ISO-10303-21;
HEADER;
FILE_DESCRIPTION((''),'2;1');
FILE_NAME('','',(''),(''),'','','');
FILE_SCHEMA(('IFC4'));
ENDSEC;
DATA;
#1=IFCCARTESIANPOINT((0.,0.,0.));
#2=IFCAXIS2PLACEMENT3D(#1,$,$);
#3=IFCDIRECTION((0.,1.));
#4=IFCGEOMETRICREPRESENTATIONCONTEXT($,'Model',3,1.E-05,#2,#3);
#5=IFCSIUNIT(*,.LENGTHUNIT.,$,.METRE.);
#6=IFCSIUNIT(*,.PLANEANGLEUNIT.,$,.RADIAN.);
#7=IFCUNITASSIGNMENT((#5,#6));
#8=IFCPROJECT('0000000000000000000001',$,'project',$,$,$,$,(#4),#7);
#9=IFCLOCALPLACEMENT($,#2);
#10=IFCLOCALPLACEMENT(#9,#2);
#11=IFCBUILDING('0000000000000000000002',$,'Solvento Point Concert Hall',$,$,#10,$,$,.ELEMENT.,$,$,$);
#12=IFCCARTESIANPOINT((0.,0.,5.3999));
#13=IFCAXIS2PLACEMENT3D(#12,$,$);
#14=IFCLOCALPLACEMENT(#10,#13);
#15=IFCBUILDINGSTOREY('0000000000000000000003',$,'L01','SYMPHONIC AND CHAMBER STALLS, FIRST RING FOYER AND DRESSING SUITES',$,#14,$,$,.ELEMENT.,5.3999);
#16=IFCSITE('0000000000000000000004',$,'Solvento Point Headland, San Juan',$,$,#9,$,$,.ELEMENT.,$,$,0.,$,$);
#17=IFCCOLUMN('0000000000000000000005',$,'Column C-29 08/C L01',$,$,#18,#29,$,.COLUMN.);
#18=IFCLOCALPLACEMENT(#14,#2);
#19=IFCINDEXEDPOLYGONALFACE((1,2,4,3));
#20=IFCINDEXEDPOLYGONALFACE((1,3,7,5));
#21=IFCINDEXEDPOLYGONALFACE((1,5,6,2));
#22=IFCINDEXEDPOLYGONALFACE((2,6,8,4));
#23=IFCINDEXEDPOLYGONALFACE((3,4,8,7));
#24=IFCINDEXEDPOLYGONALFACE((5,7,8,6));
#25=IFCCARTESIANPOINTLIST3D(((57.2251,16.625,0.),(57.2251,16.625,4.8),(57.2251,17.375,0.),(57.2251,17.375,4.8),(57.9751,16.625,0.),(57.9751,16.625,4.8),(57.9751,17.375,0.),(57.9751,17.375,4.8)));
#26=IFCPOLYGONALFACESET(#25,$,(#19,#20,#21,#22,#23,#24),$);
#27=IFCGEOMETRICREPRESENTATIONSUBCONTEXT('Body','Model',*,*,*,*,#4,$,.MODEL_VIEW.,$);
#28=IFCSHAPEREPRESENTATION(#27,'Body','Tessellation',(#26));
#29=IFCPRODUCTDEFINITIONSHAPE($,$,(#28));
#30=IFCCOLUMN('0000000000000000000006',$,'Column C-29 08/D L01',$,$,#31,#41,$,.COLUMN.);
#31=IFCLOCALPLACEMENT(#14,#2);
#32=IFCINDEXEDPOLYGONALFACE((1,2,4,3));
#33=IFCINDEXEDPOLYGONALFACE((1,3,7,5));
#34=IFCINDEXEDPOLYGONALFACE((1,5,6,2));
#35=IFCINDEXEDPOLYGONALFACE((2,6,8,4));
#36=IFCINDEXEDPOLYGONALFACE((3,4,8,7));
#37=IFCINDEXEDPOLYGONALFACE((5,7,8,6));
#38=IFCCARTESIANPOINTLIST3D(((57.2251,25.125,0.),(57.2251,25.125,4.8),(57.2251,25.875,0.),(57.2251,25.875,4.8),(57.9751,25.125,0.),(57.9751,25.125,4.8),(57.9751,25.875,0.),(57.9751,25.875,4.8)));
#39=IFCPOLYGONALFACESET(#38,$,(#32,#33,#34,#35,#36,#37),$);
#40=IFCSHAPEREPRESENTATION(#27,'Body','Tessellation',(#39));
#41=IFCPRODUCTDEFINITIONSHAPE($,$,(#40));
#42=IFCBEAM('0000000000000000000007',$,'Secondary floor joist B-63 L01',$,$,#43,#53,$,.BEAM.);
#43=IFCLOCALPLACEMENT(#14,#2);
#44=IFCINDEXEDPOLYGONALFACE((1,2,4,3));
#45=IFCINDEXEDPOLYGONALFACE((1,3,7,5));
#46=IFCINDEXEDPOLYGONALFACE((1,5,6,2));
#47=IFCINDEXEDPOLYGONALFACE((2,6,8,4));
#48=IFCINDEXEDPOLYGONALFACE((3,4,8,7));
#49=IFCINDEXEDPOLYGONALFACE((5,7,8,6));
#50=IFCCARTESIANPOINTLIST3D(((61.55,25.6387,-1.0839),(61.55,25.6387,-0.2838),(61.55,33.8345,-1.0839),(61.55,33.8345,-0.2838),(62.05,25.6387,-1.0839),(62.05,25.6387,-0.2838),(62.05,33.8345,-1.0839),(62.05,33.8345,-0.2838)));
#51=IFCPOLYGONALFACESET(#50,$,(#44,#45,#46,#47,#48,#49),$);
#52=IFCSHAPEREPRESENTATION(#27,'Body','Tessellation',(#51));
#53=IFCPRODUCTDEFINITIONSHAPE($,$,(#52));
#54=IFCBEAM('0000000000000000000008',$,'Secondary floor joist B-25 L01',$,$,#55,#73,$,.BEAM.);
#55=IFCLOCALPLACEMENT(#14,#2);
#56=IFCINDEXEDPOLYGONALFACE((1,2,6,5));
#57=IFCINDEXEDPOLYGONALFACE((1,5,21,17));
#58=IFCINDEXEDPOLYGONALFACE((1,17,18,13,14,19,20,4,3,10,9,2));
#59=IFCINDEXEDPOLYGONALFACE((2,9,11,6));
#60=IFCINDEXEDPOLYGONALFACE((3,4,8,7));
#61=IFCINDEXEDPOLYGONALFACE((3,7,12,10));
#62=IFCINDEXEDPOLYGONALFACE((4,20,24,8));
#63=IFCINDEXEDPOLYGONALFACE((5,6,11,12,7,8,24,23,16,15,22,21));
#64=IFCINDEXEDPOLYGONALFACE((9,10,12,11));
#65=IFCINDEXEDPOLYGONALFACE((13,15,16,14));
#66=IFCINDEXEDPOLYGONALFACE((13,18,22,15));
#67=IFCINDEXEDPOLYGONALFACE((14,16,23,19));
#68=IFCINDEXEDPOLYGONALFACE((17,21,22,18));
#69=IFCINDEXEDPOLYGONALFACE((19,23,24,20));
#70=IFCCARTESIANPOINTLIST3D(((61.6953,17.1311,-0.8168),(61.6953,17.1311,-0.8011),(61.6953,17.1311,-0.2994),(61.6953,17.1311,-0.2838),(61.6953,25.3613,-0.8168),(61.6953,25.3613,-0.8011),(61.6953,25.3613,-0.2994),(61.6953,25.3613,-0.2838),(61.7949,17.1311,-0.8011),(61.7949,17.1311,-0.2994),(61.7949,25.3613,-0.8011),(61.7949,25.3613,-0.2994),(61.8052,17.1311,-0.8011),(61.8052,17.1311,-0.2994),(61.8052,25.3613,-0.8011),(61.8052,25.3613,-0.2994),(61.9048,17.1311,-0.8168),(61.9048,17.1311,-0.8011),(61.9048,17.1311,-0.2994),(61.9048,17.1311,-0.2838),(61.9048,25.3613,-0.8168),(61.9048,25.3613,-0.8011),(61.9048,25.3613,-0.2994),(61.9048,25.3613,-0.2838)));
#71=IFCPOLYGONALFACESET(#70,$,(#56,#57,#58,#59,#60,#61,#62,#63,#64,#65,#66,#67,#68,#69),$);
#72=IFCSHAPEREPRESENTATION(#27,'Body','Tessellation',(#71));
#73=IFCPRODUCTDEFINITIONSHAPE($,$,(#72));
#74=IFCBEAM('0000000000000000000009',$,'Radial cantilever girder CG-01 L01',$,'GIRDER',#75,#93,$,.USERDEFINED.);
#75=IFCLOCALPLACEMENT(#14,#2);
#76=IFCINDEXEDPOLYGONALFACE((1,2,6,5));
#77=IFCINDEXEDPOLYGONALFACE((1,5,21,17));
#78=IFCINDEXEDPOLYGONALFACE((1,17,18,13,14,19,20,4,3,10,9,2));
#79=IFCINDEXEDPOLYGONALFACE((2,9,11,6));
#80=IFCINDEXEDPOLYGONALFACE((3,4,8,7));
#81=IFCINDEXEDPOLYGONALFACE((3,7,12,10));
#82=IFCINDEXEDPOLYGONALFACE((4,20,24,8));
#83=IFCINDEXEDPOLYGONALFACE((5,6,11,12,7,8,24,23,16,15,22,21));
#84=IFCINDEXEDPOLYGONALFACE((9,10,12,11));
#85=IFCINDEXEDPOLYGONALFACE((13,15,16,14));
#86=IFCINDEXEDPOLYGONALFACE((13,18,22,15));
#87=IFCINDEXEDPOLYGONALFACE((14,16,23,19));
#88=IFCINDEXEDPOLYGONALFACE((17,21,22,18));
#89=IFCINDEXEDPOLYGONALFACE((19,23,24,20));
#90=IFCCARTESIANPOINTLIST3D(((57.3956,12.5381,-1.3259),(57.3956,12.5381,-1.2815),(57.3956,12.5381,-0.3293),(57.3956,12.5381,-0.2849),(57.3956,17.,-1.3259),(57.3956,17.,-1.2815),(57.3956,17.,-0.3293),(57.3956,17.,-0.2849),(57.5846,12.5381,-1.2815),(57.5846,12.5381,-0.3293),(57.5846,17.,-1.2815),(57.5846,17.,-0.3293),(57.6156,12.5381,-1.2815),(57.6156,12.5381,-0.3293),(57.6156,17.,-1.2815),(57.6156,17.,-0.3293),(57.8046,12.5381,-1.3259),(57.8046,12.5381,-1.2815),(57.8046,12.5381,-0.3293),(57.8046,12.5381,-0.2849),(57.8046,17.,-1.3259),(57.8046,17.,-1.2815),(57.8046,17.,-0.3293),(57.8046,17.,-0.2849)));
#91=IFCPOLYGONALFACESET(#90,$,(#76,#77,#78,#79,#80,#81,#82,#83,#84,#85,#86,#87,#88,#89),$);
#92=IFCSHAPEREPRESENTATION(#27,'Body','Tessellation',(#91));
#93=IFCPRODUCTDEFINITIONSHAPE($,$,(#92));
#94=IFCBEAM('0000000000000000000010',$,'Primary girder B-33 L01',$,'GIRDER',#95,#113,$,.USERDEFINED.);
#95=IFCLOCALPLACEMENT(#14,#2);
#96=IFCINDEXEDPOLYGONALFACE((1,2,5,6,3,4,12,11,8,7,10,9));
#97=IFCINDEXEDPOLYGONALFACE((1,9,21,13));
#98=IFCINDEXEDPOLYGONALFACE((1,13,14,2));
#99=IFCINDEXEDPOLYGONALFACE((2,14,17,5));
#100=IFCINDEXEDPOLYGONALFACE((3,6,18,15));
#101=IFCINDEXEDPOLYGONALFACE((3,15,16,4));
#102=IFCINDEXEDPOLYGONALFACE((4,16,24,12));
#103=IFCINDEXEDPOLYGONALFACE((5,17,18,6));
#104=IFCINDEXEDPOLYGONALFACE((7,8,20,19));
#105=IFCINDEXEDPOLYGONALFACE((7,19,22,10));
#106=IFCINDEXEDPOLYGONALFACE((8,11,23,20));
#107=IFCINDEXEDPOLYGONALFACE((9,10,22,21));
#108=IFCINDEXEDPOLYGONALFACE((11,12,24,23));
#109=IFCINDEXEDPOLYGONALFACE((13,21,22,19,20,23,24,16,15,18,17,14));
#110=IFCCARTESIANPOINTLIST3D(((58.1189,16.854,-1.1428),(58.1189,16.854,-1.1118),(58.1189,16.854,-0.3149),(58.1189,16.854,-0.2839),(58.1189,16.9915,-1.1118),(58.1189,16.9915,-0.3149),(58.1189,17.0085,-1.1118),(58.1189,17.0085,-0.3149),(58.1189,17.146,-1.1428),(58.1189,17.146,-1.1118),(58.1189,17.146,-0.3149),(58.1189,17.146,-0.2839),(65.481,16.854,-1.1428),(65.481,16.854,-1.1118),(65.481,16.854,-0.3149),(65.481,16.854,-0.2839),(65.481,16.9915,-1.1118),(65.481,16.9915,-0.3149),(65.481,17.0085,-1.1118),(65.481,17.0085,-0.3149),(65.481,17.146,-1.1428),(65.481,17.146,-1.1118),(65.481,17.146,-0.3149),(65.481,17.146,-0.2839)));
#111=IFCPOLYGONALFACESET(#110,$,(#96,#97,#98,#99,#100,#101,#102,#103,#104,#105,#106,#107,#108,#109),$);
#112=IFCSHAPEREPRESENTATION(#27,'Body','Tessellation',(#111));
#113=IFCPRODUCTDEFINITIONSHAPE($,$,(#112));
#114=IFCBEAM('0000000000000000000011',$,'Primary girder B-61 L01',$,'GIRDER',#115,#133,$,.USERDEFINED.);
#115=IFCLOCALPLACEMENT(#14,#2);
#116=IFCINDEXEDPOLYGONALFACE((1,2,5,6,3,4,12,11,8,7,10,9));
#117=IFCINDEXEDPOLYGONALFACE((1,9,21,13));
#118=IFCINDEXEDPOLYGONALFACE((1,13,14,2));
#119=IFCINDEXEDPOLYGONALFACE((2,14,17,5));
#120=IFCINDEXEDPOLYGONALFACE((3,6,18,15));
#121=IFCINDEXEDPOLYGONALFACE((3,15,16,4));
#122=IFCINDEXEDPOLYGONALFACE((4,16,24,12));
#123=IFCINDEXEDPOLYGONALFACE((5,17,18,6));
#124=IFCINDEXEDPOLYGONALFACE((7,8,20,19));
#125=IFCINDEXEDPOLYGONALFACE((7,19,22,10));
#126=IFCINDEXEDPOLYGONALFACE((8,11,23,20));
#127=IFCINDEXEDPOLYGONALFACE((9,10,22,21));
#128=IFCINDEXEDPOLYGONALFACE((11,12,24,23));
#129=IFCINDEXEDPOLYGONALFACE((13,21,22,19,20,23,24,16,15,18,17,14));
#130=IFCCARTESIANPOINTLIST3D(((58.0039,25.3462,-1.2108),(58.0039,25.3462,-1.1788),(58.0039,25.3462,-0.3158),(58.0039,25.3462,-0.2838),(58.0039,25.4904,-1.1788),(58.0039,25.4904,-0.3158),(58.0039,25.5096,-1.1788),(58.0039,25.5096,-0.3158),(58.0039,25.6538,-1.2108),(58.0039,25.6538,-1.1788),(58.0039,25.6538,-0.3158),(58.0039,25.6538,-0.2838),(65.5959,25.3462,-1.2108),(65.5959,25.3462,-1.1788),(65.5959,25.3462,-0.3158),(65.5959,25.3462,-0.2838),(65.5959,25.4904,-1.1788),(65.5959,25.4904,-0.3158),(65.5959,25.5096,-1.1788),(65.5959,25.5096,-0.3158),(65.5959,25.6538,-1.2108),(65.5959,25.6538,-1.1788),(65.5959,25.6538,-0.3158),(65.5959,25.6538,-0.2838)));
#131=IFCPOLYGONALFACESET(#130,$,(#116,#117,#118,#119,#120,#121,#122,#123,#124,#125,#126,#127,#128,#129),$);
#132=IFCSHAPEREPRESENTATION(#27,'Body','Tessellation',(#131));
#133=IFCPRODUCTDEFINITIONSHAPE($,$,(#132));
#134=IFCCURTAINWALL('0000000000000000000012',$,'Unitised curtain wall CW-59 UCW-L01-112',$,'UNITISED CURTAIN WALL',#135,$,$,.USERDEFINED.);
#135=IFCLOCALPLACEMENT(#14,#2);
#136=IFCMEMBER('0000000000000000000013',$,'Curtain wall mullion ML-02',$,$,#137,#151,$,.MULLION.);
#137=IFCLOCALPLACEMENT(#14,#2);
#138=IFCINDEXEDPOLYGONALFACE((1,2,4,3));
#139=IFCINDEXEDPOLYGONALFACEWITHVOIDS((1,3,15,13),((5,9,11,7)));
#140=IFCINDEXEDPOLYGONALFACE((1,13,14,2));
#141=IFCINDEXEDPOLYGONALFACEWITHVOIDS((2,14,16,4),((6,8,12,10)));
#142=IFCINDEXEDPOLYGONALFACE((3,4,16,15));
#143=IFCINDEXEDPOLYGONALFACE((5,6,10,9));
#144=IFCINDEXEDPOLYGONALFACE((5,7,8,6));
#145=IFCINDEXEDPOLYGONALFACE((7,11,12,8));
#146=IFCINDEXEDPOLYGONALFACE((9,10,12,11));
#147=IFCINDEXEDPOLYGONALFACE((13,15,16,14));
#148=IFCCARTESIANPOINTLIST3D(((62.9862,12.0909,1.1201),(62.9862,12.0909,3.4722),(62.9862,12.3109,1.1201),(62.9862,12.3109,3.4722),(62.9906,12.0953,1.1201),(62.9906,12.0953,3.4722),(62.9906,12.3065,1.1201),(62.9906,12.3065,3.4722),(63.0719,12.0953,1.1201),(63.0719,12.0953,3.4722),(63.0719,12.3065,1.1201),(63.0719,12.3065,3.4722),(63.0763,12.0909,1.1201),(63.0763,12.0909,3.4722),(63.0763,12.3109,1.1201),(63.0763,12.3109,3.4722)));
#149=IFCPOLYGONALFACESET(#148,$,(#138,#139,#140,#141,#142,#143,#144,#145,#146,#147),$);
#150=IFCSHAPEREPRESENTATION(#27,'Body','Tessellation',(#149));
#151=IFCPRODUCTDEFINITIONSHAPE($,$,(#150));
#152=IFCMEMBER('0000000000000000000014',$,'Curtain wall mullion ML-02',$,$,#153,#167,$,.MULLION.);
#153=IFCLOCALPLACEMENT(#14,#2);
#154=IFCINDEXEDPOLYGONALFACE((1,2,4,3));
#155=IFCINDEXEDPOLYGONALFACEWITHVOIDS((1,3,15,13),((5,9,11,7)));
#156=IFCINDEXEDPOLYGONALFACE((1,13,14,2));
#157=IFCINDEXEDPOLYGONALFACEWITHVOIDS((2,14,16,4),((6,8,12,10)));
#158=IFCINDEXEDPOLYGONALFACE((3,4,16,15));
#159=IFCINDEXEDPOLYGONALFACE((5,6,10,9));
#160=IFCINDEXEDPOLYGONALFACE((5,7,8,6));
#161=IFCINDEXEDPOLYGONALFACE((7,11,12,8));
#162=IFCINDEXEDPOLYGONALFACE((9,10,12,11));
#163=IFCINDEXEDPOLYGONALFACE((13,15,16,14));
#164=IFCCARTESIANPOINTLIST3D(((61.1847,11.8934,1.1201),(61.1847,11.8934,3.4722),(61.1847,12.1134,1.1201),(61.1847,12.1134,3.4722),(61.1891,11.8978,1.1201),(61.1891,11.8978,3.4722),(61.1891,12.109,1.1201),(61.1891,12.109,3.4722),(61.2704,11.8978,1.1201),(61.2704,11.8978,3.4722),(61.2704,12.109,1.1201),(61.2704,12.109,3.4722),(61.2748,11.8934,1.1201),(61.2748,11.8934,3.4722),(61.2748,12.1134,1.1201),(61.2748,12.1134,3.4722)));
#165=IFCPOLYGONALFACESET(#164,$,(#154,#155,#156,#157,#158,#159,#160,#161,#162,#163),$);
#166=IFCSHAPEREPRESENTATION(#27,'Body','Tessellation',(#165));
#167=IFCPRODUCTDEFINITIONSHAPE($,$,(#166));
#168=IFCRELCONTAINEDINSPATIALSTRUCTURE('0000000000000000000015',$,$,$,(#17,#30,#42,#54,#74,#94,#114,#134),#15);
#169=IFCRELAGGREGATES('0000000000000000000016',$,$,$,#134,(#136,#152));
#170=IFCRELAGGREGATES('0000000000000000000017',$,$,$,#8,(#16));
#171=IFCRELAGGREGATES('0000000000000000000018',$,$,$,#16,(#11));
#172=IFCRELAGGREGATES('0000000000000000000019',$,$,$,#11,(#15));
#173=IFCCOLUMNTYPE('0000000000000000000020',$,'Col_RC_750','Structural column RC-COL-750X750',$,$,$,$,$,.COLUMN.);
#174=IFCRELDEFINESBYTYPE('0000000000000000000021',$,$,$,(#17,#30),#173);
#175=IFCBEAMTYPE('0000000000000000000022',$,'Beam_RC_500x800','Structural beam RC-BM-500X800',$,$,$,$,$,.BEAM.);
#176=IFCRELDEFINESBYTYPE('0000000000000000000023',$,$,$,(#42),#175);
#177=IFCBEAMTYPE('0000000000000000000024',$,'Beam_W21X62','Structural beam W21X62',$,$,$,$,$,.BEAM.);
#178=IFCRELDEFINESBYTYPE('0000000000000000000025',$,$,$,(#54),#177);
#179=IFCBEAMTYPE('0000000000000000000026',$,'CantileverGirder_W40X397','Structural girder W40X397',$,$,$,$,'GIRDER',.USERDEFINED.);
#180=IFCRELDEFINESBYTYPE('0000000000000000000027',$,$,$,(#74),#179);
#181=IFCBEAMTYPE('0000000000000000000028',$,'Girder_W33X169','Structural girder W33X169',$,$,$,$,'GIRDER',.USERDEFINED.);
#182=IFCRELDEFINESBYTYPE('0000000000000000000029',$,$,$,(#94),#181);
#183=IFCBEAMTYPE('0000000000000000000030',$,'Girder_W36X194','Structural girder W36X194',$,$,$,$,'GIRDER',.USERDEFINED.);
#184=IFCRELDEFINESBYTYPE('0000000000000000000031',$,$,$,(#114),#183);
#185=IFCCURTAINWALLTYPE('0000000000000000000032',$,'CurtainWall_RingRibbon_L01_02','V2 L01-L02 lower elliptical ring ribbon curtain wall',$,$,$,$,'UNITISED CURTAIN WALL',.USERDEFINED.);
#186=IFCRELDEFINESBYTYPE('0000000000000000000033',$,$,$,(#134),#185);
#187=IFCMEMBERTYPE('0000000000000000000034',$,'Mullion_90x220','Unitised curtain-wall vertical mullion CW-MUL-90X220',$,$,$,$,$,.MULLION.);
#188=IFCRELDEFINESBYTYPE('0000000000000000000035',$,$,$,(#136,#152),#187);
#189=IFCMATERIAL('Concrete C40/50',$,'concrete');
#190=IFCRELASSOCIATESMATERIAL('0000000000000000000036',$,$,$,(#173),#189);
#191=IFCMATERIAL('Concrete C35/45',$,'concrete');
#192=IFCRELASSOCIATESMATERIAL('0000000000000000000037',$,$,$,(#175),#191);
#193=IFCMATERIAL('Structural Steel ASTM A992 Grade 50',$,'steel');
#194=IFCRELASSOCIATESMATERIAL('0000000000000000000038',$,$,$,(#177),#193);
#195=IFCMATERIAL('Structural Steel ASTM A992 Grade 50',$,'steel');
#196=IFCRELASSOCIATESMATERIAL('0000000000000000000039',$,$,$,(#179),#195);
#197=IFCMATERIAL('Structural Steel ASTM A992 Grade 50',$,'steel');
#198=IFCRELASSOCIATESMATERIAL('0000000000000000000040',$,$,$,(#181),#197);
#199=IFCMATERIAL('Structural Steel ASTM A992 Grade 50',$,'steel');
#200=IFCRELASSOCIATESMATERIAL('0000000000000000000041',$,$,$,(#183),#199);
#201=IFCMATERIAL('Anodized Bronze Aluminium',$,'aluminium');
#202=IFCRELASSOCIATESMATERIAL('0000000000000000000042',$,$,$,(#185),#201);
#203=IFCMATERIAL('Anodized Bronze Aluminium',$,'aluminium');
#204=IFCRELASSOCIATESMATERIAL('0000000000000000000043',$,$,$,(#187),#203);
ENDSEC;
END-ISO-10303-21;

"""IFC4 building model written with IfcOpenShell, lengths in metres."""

from ifc_helpers import new_model, si_unit, direction, frame, origin, origin_2d, place, context, subcontext, project, spatial, rectangle, hollow_rectangle, i_section, extrude, material, material_profile, profile_set, type_object, element, aggregate, save


model = new_model("IFC4")

# Units and contexts
model_context = context("Model", 3, precision=1e-05, world=origin(), true_north=direction((0.0, 1.0)))
body_context = subcontext(model_context, "Body", "Model", "MODEL_VIEW")
ifc_project = project(units=[si_unit("LENGTHUNIT", "METRE"), si_unit("PLANEANGLEUNIT", "RADIAN")], contexts=[model_context])

# Site, building, storey
site_placement = place(None, origin())
site = spatial("IfcSite", under=ifc_project, at=site_placement, Name="Solvento Point Headland, San Juan", CompositionType="ELEMENT", RefElevation=0.0)
building_placement = place(site_placement, origin())
building = spatial("IfcBuilding", under=site, at=building_placement, Name="Solvento Point Concert Hall", CompositionType="ELEMENT")
storey_placement = place(building_placement, frame((0.0, 0.0, 5.3999)))
storey = spatial("IfcBuildingStorey", under=building, at=storey_placement, Name="L01", Description="SYMPHONIC AND CHAMBER STALLS, FIRST RING FOYER AND DRESSING SUITES", CompositionType="ELEMENT", Elevation=5.3999)

# Columns
ifc_material_1 = material(Name="Concrete C40/50", Category="concrete")
ifc_material_profile_1 = material_profile(ifc_material_1, rectangle(XDim=0.75, YDim=0.75, at=origin_2d()), Name="RC-COL-750X750")
ifc_profile_set_1 = profile_set([ifc_material_profile_1], Name="Concrete C40/50")
column_type = type_object("IfcColumnType", Name="Col_RC_750", Description="Structural column RC-COL-750X750", PredefinedType="COLUMN", material=ifc_profile_set_1)
for number, where, z_axis, x_axis, name in (
    (1, (57.6001, 17.0, 0.0), (0.0, 0.0, 1.0), (1.0, 0.0, 0.0), "Column C-29 08/C L01"),
    (2, (57.6001, 25.5, 0.0), (0.0, 0.0, 1.0), (1.0, 0.0, 0.0), "Column C-29 08/D L01"),
):
    element("IfcColumn", number, at=place(storey_placement, frame(where, z_axis=z_axis, x_axis=x_axis)), inside=storey, type_object=column_type, Name=name, PredefinedType="COLUMN", context=body_context, shape_type="SweptSolid", body=[
        extrude(rectangle(XDim=0.75, YDim=0.75, at=origin_2d()), origin(), (0.0, 0.0, 1.0), 4.8),
    ])

# Beams
ifc_material_2 = material(Name="Concrete C35/45", Category="concrete")
ifc_material_profile_2 = material_profile(ifc_material_2, rectangle(XDim=0.5, YDim=0.8, at=origin_2d()), Name="RC-BM-500X800")
ifc_profile_set_2 = profile_set([ifc_material_profile_2], Name="Concrete C35/45")
beam_type_1 = type_object("IfcBeamType", Name="Beam_RC_500x800", Description="Structural beam RC-BM-500X800", PredefinedType="BEAM", material=ifc_profile_set_2)
beam_1_placement = place(storey_placement, frame((61.8, 25.6387, -0.6838), z_axis=(0.0, 1.0, 0.0), x_axis=(-1.0, 0.0, 0.0)))
element("IfcBeam", 3, at=beam_1_placement, inside=storey, type_object=beam_type_1, Name="Secondary floor joist B-63 L01", PredefinedType="BEAM", context=body_context, shape_type="SweptSolid", body=[
    extrude(rectangle(XDim=0.5, YDim=0.8, at=origin_2d()), origin(), (0.0, 0.0, 1.0), 8.1958),
])
ifc_material_3 = material(Name="Structural Steel ASTM A992 Grade 50", Category="steel")
ifc_material_profile_3 = material_profile(ifc_material_3, i_section(OverallWidth=0.2095, OverallDepth=0.533, WebThickness=0.0103, FlangeThickness=0.0156, at=origin_2d()), Name="W21X62")
ifc_profile_set_3 = profile_set([ifc_material_profile_3], Name="Structural Steel ASTM A992 Grade 50")
beam_type_2 = type_object("IfcBeamType", Name="Beam_W21X62", Description="Structural beam W21X62", PredefinedType="BEAM", material=ifc_profile_set_3)
beam_2_placement = place(storey_placement, frame((61.8, 17.1311, -0.5503), z_axis=(0.0, 1.0, 0.0), x_axis=(-1.0, 0.0, 0.0)))
element("IfcBeam", 4, at=beam_2_placement, inside=storey, type_object=beam_type_2, Name="Secondary floor joist B-25 L01", PredefinedType="BEAM", context=body_context, shape_type="SweptSolid", body=[
    extrude(i_section(OverallWidth=0.2095, OverallDepth=0.533, WebThickness=0.0103, FlangeThickness=0.0156, at=origin_2d()), origin(), (0.0, 0.0, 1.0), 8.2302),
])
ifc_material_4 = material(Name="Structural Steel ASTM A992 Grade 50", Category="steel")
ifc_material_profile_4 = material_profile(ifc_material_4, i_section(OverallWidth=0.4089, OverallDepth=1.041, WebThickness=0.031, FlangeThickness=0.0444, at=origin_2d()), Name="W40X397")
ifc_profile_set_4 = profile_set([ifc_material_profile_4], Name="Structural Steel ASTM A992 Grade 50")
beam_type_3 = type_object("IfcBeamType", Name="CantileverGirder_W40X397", Description="Structural girder W40X397", ElementType="GIRDER", PredefinedType="USERDEFINED", material=ifc_profile_set_4)
beam_3_placement = place(storey_placement, frame((57.6001, 17.0, -0.8054), z_axis=(0.0, -1.0, 0.0), x_axis=(1.0, 0.0, 0.0)))
element("IfcBeam", 5, at=beam_3_placement, inside=storey, type_object=beam_type_3, Name="Radial cantilever girder CG-01 L01", ObjectType="GIRDER", PredefinedType="USERDEFINED", context=body_context, shape_type="SweptSolid", body=[
    extrude(i_section(OverallWidth=0.4089, OverallDepth=1.041, WebThickness=0.031, FlangeThickness=0.0444, at=origin_2d()), origin(), (0.0, 0.0, 1.0), 4.4619),
])
ifc_material_5 = material(Name="Structural Steel ASTM A992 Grade 50", Category="steel")
ifc_material_profile_5 = material_profile(ifc_material_5, i_section(OverallWidth=0.292, OverallDepth=0.8589, WebThickness=0.0171, FlangeThickness=0.031, at=origin_2d()), Name="W33X169")
ifc_profile_set_5 = profile_set([ifc_material_profile_5], Name="Structural Steel ASTM A992 Grade 50")
beam_type_4 = type_object("IfcBeamType", Name="Girder_W33X169", Description="Structural girder W33X169", ElementType="GIRDER", PredefinedType="USERDEFINED", material=ifc_profile_set_5)
beam_4_placement = place(storey_placement, frame((58.1189, 17.0, -0.7134), z_axis=(1.0, 0.0, 0.0), x_axis=(0.0, 1.0, 0.0)))
element("IfcBeam", 6, at=beam_4_placement, inside=storey, type_object=beam_type_4, Name="Primary girder B-33 L01", ObjectType="GIRDER", PredefinedType="USERDEFINED", context=body_context, shape_type="SweptSolid", body=[
    extrude(i_section(OverallWidth=0.292, OverallDepth=0.8589, WebThickness=0.0171, FlangeThickness=0.031, at=origin_2d()), origin(), (0.0, 0.0, 1.0), 7.3621),
])
ifc_material_6 = material(Name="Structural Steel ASTM A992 Grade 50", Category="steel")
ifc_material_profile_6 = material_profile(ifc_material_6, i_section(OverallWidth=0.3076, OverallDepth=0.927, WebThickness=0.0193, FlangeThickness=0.032, at=origin_2d()), Name="W36X194")
ifc_profile_set_6 = profile_set([ifc_material_profile_6], Name="Structural Steel ASTM A992 Grade 50")
beam_type_5 = type_object("IfcBeamType", Name="Girder_W36X194", Description="Structural girder W36X194", ElementType="GIRDER", PredefinedType="USERDEFINED", material=ifc_profile_set_6)
beam_5_placement = place(storey_placement, frame((58.0039, 25.5, -0.7473), z_axis=(1.0, 0.0, 0.0), x_axis=(0.0, 1.0, 0.0)))
element("IfcBeam", 7, at=beam_5_placement, inside=storey, type_object=beam_type_5, Name="Primary girder B-61 L01", ObjectType="GIRDER", PredefinedType="USERDEFINED", context=body_context, shape_type="SweptSolid", body=[
    extrude(i_section(OverallWidth=0.3076, OverallDepth=0.927, WebThickness=0.0193, FlangeThickness=0.032, at=origin_2d()), origin(), (0.0, 0.0, 1.0), 7.592),
])

# Curtain wall, members
ifc_material_7 = material(Name="Anodized Bronze Aluminium", Category="aluminium")
curtain_wall_type = type_object("IfcCurtainWallType", Name="CurtainWall_RingRibbon_L01_02", Description="V2 L01-L02 lower elliptical ring ribbon curtain wall", ElementType="UNITISED CURTAIN WALL", PredefinedType="USERDEFINED", material=ifc_material_7)
curtain_wall_1_placement = place(storey_placement, origin())
curtain_wall_1 = element("IfcCurtainWall", 8, at=curtain_wall_1_placement, inside=storey, type_object=curtain_wall_type, Name="Unitised curtain wall CW-59 UCW-L01-112", ObjectType="UNITISED CURTAIN WALL", PredefinedType="USERDEFINED")
ifc_material_8 = material(Name="Anodized Bronze Aluminium", Category="aluminium")
ifc_material_profile_7 = material_profile(ifc_material_8, hollow_rectangle(XDim=0.0901, YDim=0.22, WallThickness=0.0044, at=origin_2d()), Name="CW-MUL-90X220")
ifc_profile_set_7 = profile_set([ifc_material_profile_7], Name="Anodized Bronze Aluminium")
member_type_1 = type_object("IfcMemberType", Name="Mullion_90x220", Description="Unitised curtain-wall vertical mullion CW-MUL-90X220", PredefinedType="MULLION", material=ifc_profile_set_7)
member_1_placement = place(storey_placement, frame((63.0312, 12.2009, 1.1201), z_axis=(0.0, 0.0, 1.0), x_axis=(1.0, 0.0, 0.0)))
member_1 = element("IfcMember", 9, at=member_1_placement, type_object=member_type_1, Name="Curtain wall mullion ML-02", PredefinedType="MULLION", context=body_context, shape_type="SweptSolid", body=[
    extrude(hollow_rectangle(XDim=0.0901, YDim=0.22, WallThickness=0.0044, at=origin_2d()), origin(), (0.0, 0.0, 1.0), 2.3521),
])
member_2_placement = place(storey_placement, frame((61.2297, 12.0034, 1.1201), z_axis=(0.0, 0.0, 1.0), x_axis=(1.0, 0.0, 0.0)))
member_2 = element("IfcMember", 10, at=member_2_placement, type_object=member_type_1, Name="Curtain wall mullion ML-02", PredefinedType="MULLION", context=body_context, shape_type="SweptSolid", body=[
    extrude(hollow_rectangle(XDim=0.0901, YDim=0.22, WallThickness=0.0044, at=origin_2d()), origin(), (0.0, 0.0, 1.0), 2.3521),
])

aggregate(curtain_wall_1, [member_1, member_2])

save(model, "model.ifc")
